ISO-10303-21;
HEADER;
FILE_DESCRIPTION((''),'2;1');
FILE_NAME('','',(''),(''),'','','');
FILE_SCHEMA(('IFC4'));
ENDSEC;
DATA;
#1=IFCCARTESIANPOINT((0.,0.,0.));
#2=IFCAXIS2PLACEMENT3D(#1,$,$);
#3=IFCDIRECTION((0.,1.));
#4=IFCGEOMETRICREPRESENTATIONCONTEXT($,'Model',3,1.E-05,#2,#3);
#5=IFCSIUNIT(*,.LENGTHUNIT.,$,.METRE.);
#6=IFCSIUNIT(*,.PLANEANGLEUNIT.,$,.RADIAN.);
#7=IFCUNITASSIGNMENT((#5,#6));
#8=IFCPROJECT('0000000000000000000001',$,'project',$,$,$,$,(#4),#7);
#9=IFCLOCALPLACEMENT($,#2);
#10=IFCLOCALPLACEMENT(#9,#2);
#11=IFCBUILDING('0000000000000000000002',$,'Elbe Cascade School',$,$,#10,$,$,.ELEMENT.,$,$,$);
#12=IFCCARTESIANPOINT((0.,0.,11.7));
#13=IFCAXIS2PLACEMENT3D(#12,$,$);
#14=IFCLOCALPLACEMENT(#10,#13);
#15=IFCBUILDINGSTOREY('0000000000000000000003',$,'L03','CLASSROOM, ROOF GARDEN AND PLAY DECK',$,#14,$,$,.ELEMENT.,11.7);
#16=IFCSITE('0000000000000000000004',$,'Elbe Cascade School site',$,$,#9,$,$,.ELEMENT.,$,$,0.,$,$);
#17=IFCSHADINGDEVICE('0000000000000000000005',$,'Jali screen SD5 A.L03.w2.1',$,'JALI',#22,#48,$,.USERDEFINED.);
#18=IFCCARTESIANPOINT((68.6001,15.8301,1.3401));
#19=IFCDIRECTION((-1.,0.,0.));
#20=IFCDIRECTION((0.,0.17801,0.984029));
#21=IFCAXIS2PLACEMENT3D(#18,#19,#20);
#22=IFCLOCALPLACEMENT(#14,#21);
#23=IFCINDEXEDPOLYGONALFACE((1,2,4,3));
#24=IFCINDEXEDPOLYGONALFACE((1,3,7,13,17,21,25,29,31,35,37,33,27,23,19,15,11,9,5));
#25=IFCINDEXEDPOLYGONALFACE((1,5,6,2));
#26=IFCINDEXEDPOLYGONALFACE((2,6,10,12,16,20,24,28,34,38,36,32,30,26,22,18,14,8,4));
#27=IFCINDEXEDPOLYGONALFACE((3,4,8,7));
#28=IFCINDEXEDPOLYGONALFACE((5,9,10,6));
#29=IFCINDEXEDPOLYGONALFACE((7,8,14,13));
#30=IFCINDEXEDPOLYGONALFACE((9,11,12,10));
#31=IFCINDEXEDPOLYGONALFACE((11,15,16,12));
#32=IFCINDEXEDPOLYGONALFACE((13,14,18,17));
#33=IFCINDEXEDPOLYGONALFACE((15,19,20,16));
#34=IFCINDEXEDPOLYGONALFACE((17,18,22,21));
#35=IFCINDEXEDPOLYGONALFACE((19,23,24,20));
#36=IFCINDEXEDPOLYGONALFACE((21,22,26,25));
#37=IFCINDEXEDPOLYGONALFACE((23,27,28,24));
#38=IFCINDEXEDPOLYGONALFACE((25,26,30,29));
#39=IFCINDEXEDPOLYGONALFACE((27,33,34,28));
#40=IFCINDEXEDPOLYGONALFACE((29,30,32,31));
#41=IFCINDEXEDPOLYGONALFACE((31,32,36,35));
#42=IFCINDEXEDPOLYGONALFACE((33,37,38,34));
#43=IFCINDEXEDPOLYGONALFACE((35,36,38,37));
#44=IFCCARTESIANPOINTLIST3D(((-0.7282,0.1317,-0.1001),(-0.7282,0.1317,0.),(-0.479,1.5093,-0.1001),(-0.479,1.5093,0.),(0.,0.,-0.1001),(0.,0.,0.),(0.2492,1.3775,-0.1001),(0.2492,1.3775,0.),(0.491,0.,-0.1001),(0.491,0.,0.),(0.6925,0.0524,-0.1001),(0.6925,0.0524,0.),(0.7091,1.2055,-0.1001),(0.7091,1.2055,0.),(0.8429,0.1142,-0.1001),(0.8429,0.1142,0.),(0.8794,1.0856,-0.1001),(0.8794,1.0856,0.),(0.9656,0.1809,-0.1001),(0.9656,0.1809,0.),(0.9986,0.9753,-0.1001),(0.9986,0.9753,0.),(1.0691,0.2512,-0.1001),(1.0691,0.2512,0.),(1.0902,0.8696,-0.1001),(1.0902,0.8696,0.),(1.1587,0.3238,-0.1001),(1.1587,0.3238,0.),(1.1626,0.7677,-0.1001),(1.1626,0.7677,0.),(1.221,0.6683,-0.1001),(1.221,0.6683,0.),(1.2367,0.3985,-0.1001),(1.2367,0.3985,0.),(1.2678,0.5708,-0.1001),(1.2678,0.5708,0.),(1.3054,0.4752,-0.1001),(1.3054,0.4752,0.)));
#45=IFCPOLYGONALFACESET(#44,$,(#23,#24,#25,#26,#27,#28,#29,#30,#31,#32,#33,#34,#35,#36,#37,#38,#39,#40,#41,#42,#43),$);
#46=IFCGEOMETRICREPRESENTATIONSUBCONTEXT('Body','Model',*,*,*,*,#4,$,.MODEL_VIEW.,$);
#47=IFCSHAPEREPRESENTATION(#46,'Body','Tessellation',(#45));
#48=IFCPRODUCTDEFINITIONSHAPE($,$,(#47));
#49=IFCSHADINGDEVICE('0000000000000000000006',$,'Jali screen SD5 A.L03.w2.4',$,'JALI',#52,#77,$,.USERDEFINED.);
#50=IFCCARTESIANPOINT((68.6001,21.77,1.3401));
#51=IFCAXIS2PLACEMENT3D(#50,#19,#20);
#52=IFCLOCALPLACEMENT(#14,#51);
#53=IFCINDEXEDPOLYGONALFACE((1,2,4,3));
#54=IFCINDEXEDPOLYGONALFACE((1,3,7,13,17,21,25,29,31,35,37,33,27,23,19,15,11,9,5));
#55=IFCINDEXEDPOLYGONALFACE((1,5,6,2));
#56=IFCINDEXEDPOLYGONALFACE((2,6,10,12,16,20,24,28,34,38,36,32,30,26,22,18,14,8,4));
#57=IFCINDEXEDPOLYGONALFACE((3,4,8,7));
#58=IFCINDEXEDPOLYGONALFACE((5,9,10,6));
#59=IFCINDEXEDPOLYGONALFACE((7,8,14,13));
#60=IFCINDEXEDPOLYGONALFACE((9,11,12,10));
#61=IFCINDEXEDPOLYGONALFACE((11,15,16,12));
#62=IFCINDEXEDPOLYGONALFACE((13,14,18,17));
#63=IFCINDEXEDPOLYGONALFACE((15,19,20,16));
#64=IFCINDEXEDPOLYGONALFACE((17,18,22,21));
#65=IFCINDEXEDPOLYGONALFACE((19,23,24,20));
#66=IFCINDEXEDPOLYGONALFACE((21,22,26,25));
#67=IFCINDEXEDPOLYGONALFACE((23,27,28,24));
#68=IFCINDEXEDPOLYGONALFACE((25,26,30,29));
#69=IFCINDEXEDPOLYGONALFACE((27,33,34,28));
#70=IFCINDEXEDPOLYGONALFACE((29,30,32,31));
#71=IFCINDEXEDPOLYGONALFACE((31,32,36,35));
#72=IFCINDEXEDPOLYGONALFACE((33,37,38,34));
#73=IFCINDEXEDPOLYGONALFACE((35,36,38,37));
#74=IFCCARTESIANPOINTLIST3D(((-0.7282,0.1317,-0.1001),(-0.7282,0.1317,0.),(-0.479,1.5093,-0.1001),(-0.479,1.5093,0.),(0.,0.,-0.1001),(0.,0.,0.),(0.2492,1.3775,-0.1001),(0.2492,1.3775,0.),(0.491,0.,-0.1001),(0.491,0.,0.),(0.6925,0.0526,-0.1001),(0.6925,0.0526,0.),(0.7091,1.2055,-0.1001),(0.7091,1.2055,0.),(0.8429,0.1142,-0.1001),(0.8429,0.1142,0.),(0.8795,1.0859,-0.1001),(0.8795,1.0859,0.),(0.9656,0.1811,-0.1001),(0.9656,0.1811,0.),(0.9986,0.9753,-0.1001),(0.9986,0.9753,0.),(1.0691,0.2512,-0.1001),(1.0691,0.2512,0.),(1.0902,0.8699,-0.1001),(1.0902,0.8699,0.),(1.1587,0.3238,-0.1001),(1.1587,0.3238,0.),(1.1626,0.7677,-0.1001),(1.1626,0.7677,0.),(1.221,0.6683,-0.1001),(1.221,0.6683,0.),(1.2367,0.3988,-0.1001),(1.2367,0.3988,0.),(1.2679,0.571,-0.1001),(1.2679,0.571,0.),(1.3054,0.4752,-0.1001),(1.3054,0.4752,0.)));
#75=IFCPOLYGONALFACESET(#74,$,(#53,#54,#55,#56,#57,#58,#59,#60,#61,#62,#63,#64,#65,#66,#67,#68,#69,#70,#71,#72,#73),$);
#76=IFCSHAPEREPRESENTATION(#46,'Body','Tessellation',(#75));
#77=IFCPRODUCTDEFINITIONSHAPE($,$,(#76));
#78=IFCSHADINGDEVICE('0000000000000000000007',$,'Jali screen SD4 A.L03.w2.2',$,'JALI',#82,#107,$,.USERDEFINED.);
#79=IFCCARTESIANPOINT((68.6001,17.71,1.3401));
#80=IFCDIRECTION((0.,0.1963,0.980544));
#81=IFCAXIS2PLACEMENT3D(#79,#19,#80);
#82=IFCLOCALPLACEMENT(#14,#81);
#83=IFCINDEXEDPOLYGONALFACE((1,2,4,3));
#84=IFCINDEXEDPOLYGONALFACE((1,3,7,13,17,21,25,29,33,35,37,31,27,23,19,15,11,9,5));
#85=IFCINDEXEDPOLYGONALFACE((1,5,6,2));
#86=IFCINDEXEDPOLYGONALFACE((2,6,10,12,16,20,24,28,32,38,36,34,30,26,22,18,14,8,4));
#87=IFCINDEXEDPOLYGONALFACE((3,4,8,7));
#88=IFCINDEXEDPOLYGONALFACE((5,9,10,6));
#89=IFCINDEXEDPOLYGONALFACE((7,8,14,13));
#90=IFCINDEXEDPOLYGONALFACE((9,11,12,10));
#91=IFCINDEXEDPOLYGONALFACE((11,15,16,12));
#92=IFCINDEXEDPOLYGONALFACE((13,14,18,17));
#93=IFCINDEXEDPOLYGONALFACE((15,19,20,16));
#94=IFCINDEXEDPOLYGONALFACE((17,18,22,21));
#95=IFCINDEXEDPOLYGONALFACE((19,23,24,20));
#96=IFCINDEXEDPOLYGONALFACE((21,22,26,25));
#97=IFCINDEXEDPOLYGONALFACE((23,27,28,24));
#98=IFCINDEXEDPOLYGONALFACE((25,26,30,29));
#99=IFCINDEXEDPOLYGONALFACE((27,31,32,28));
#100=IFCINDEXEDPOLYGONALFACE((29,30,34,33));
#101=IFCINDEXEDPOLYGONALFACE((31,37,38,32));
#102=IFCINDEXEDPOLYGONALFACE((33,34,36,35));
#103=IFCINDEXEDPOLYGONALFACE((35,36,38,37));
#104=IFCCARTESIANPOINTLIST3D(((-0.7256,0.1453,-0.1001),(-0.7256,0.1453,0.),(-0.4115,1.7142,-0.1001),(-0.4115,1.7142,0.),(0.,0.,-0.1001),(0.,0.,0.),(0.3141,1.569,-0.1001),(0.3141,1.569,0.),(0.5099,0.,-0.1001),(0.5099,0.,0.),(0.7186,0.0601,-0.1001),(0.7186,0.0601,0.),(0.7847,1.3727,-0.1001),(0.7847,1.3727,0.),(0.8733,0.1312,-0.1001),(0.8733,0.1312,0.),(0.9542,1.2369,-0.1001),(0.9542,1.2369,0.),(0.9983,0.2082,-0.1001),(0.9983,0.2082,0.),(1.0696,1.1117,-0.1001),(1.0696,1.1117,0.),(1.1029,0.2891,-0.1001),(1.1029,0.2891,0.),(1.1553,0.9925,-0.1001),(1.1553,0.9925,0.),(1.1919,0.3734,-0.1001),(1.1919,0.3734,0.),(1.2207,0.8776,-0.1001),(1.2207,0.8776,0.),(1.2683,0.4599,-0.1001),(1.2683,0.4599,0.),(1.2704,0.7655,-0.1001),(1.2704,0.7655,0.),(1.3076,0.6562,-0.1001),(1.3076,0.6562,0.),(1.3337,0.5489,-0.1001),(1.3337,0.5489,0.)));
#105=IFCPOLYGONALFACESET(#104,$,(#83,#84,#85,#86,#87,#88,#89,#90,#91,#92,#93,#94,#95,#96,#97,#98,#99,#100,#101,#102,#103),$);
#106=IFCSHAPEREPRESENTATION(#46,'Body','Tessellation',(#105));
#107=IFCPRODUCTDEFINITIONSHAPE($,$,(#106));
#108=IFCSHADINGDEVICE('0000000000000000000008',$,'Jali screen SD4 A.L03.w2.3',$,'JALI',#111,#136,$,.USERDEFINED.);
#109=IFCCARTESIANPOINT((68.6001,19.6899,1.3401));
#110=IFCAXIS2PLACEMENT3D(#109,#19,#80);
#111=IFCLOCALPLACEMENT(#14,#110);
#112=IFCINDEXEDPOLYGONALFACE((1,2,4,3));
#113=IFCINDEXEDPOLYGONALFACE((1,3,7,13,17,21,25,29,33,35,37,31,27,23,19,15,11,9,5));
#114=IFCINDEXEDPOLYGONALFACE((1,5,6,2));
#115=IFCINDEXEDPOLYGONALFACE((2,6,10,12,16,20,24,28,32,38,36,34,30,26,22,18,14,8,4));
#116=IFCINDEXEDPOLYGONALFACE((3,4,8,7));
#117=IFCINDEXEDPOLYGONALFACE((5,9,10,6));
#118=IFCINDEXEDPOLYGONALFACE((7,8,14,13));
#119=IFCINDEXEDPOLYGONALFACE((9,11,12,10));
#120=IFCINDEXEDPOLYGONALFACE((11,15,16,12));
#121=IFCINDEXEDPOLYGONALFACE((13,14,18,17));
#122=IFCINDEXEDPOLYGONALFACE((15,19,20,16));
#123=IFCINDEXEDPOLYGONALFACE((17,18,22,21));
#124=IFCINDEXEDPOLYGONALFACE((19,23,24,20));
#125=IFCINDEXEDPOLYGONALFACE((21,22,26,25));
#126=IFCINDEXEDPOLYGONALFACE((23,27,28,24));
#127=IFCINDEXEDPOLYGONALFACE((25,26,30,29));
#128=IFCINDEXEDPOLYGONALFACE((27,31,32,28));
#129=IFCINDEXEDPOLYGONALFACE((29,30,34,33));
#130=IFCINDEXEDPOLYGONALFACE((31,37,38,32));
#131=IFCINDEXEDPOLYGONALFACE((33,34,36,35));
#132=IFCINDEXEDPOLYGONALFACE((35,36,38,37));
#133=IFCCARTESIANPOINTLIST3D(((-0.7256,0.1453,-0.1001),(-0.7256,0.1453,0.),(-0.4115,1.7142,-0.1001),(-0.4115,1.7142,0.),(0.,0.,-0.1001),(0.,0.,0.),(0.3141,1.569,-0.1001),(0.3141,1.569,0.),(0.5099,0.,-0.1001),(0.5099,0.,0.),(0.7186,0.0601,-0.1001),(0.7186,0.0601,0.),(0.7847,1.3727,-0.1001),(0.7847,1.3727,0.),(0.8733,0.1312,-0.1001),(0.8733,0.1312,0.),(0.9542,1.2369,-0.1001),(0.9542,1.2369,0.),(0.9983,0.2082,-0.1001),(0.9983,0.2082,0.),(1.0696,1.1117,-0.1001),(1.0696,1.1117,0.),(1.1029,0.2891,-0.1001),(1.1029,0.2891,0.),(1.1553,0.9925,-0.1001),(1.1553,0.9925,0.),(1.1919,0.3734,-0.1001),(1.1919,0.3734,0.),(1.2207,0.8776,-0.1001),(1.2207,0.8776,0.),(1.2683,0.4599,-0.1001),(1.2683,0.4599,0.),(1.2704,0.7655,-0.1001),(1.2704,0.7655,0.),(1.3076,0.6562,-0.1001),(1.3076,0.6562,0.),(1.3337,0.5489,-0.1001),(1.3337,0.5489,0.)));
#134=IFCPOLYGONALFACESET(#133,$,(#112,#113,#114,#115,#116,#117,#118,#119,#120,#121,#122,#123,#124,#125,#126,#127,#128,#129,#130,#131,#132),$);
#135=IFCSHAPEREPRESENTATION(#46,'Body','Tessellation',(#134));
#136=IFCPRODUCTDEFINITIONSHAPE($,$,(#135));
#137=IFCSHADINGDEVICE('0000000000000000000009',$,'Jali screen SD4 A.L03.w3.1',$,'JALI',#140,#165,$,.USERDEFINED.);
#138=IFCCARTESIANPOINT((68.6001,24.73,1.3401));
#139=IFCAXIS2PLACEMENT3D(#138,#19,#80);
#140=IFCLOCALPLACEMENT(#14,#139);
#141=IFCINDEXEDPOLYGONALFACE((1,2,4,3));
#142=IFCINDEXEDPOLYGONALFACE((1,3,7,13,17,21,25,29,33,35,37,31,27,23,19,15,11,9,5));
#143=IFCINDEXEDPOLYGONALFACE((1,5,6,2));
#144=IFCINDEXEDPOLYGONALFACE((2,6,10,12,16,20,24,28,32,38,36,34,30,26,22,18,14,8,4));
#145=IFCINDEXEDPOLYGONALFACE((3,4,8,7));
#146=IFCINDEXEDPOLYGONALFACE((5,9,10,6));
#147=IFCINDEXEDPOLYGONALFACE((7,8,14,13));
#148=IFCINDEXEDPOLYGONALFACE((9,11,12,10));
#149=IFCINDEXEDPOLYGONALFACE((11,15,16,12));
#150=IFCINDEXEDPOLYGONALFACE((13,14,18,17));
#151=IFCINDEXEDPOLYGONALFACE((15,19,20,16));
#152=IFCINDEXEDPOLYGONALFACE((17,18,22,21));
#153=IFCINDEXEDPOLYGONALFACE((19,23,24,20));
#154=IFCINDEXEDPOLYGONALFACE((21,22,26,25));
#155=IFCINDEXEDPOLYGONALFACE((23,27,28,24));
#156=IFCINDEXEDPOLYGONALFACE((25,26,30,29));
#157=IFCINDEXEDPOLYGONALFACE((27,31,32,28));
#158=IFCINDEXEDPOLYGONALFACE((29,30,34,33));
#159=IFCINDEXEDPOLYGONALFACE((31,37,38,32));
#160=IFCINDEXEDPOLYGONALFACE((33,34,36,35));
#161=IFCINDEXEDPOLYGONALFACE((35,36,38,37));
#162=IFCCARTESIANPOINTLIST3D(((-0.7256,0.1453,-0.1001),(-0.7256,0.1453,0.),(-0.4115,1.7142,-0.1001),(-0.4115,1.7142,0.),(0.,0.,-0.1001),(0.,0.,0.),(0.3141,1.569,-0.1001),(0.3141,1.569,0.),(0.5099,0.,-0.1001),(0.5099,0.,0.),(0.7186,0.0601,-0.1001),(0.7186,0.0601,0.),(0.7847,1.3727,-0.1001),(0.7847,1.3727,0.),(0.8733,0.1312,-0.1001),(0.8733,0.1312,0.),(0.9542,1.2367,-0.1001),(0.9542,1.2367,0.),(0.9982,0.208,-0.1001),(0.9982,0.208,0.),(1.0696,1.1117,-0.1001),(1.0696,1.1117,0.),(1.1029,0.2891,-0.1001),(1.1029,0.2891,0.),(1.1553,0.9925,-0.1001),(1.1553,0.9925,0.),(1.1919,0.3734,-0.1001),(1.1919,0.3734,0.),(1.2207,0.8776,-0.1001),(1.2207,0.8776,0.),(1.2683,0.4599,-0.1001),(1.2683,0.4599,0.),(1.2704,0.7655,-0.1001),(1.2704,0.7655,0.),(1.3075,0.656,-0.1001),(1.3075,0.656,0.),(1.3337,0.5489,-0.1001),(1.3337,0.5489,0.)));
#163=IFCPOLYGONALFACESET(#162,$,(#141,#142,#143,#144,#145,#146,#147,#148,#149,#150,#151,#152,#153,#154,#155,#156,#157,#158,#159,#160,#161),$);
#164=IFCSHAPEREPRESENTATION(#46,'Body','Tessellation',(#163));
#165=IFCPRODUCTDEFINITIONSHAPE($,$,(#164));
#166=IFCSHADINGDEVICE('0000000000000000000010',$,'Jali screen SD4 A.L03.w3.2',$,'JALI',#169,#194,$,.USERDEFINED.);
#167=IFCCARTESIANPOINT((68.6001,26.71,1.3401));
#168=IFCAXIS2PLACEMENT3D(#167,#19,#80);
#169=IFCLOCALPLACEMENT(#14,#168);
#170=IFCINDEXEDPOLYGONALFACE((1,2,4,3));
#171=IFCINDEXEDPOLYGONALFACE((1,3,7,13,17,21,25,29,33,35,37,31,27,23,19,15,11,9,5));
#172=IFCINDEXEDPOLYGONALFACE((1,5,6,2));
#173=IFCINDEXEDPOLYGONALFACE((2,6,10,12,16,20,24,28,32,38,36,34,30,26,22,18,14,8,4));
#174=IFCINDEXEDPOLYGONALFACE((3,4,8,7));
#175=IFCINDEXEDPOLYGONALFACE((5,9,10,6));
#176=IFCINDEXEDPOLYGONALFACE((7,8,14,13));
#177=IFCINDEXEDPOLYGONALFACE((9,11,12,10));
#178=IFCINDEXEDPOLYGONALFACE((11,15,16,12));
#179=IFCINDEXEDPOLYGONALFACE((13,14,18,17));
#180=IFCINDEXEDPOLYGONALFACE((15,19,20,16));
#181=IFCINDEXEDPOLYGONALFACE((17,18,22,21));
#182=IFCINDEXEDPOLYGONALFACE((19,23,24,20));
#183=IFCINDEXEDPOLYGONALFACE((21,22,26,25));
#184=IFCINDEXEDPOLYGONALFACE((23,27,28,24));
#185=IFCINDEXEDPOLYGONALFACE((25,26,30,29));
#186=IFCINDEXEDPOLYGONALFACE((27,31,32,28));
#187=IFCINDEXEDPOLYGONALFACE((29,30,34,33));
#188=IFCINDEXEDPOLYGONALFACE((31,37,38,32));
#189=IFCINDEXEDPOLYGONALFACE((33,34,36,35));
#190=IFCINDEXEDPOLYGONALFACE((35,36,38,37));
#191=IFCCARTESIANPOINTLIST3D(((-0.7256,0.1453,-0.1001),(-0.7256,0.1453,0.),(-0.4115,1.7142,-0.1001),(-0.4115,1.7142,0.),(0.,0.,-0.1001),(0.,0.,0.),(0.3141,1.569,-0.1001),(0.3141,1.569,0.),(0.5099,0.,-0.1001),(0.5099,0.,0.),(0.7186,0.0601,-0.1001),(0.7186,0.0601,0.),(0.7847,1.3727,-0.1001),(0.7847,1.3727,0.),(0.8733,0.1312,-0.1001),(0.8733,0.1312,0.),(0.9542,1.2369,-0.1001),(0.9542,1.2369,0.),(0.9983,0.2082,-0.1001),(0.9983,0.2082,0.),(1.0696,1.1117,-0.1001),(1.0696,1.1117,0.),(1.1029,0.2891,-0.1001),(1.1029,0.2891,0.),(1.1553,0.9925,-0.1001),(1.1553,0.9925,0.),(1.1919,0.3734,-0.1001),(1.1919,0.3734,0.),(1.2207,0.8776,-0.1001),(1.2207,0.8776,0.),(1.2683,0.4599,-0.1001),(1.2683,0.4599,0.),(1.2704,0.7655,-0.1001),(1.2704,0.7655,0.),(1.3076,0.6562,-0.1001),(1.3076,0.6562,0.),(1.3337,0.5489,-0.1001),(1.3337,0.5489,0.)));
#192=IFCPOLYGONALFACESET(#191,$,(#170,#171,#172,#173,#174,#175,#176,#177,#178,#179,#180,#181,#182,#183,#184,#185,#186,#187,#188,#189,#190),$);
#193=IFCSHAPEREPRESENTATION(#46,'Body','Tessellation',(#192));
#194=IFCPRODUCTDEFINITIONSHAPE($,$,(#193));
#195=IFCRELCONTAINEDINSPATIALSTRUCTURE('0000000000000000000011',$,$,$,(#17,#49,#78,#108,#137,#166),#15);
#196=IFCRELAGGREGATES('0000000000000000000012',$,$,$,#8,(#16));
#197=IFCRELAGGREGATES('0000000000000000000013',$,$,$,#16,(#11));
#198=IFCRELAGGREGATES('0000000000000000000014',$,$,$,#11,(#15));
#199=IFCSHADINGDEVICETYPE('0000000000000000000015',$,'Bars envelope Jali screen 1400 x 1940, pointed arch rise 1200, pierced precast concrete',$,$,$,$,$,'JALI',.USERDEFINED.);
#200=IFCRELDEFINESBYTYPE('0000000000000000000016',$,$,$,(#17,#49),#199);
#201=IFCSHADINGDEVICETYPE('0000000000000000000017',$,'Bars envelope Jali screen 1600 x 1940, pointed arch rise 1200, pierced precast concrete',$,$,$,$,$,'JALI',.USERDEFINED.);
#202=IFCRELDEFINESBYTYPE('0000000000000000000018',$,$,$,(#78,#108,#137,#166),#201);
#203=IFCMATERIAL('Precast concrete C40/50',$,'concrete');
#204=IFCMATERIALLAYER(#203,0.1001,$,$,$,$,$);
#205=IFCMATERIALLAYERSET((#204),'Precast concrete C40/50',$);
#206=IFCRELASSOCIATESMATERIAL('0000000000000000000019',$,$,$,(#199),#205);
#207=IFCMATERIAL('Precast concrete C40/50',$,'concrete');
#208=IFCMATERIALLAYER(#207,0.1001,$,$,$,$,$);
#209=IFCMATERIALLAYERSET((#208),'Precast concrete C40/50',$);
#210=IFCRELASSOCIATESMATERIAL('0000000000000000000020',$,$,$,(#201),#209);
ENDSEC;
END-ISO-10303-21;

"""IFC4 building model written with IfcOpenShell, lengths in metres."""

from ifc_helpers import new_model, si_unit, direction, frame, origin, place, context, subcontext, project, spatial, polyline, outline, extrude, material, layer, layer_set, type_object, element, save


model = new_model("IFC4")

# Units and contexts
model_context = context("Model", 3, precision=1e-05, world=origin(), true_north=direction((0.0, 1.0)))
body_context = subcontext(model_context, "Body", "Model", "MODEL_VIEW")
ifc_project = project(units=[si_unit("LENGTHUNIT", "METRE"), si_unit("PLANEANGLEUNIT", "RADIAN")], contexts=[model_context])

# Site, building, storey
site_placement = place(None, origin())
site = spatial("IfcSite", under=ifc_project, at=site_placement, Name="Elbe Cascade School site", CompositionType="ELEMENT", RefElevation=0.0)
building_placement = place(site_placement, origin())
building = spatial("IfcBuilding", under=site, at=building_placement, Name="Elbe Cascade School", CompositionType="ELEMENT")
storey_placement = place(building_placement, frame((0.0, 0.0, 11.7)))
storey = spatial("IfcBuildingStorey", under=building, at=storey_placement, Name="L03", Description="CLASSROOM, ROOF GARDEN AND PLAY DECK", CompositionType="ELEMENT", Elevation=11.7)

# Shading devices
ifc_material_1 = material(Name="Precast concrete C40/50", Category="concrete")
ifc_layer_1 = layer(ifc_material_1, 0.1001)
ifc_layer_set_1 = layer_set([ifc_layer_1], Name="Precast concrete C40/50")
shading_device_type_1 = type_object("IfcShadingDeviceType", Name="Bars envelope Jali screen 1400 x 1940, pointed arch rise 1200, pierced precast concrete", ElementType="JALI", PredefinedType="USERDEFINED", material=ifc_layer_set_1)
shading_device_1_placement = place(storey_placement, frame((68.6001, 15.8301, 1.3401), z_axis=(-1.0, 0.0, 0.0), x_axis=(0.0, 0.17801, 0.984029)))
element("IfcShadingDevice", 1, at=shading_device_1_placement, inside=storey, type_object=shading_device_type_1, Name="Jali screen SD5 A.L03.w2.1", ObjectType="JALI", PredefinedType="USERDEFINED", context=body_context, shape_type="SweptSolid", body=[
    extrude(outline(polyline([(0.0, 0.0), (0.491, 0.0), (0.6925, 0.0524), (0.8429, 0.1142), (0.9656, 0.1809), (1.0691, 0.2512), (1.1587, 0.3238), (1.2367, 0.3985), (1.3054, 0.4752), (1.2678, 0.5708), (1.221, 0.6683), (1.1626, 0.7677), (1.0902, 0.8696), (0.9986, 0.9753), (0.8794, 1.0856), (0.7091, 1.2055), (0.2492, 1.3775), (-0.479, 1.5093), (-0.7282, 0.1317), (0.0, 0.0)])), origin(), (0.0, 0.0, -1.0), 0.1001),
])
shading_device_2_placement = place(storey_placement, frame((68.6001, 21.77, 1.3401), z_axis=(-1.0, 0.0, 0.0), x_axis=(0.0, 0.17801, 0.984029)))
element("IfcShadingDevice", 2, at=shading_device_2_placement, inside=storey, type_object=shading_device_type_1, Name="Jali screen SD5 A.L03.w2.4", ObjectType="JALI", PredefinedType="USERDEFINED", context=body_context, shape_type="SweptSolid", body=[
    extrude(outline(polyline([(0.0, 0.0), (0.491, 0.0), (0.6925, 0.0526), (0.8429, 0.1142), (0.9656, 0.1811), (1.0691, 0.2512), (1.1587, 0.3238), (1.2367, 0.3988), (1.3054, 0.4752), (1.2679, 0.571), (1.221, 0.6683), (1.1626, 0.7677), (1.0902, 0.8699), (0.9986, 0.9753), (0.8795, 1.0859), (0.7091, 1.2055), (0.2492, 1.3775), (-0.479, 1.5093), (-0.7282, 0.1317), (0.0, 0.0)])), origin(), (0.0, 0.0, -1.0), 0.1001),
])
ifc_material_2 = material(Name="Precast concrete C40/50", Category="concrete")
ifc_layer_2 = layer(ifc_material_2, 0.1001)
ifc_layer_set_2 = layer_set([ifc_layer_2], Name="Precast concrete C40/50")
shading_device_type_2 = type_object("IfcShadingDeviceType", Name="Bars envelope Jali screen 1600 x 1940, pointed arch rise 1200, pierced precast concrete", ElementType="JALI", PredefinedType="USERDEFINED", material=ifc_layer_set_2)
for number, where, z_axis, x_axis, name in (
    (3, (68.6001, 17.71, 1.3401), (-1.0, 0.0, 0.0), (0.0, 0.1963, 0.980544), "Jali screen SD4 A.L03.w2.2"),
    (4, (68.6001, 19.6899, 1.3401), (-1.0, 0.0, 0.0), (0.0, 0.1963, 0.980544), "Jali screen SD4 A.L03.w2.3"),
):
    element("IfcShadingDevice", number, at=place(storey_placement, frame(where, z_axis=z_axis, x_axis=x_axis)), inside=storey, type_object=shading_device_type_2, Name=name, ObjectType="JALI", PredefinedType="USERDEFINED", context=body_context, shape_type="SweptSolid", body=[
        extrude(outline(polyline([(0.0, 0.0), (0.5099, 0.0), (0.7186, 0.0601), (0.8733, 0.1312), (0.9983, 0.2082), (1.1029, 0.2891), (1.1919, 0.3734), (1.2683, 0.4599), (1.3337, 0.5489), (1.3076, 0.6562), (1.2704, 0.7655), (1.2207, 0.8776), (1.1553, 0.9925), (1.0696, 1.1117), (0.9542, 1.2369), (0.7847, 1.3727), (0.3141, 1.569), (-0.4115, 1.7142), (-0.7256, 0.1453), (0.0, 0.0)])), origin(), (0.0, 0.0, -1.0), 0.1001),
    ])
shading_device_3_placement = place(storey_placement, frame((68.6001, 24.73, 1.3401), z_axis=(-1.0, 0.0, 0.0), x_axis=(0.0, 0.1963, 0.980544)))
element("IfcShadingDevice", 5, at=shading_device_3_placement, inside=storey, type_object=shading_device_type_2, Name="Jali screen SD4 A.L03.w3.1", ObjectType="JALI", PredefinedType="USERDEFINED", context=body_context, shape_type="SweptSolid", body=[
    extrude(outline(polyline([(0.0, 0.0), (0.5099, 0.0), (0.7186, 0.0601), (0.8733, 0.1312), (0.9982, 0.208), (1.1029, 0.2891), (1.1919, 0.3734), (1.2683, 0.4599), (1.3337, 0.5489), (1.3075, 0.656), (1.2704, 0.7655), (1.2207, 0.8776), (1.1553, 0.9925), (1.0696, 1.1117), (0.9542, 1.2367), (0.7847, 1.3727), (0.3141, 1.569), (-0.4115, 1.7142), (-0.7256, 0.1453), (0.0, 0.0)])), origin(), (0.0, 0.0, -1.0), 0.1001),
])
shading_device_4_placement = place(storey_placement, frame((68.6001, 26.71, 1.3401), z_axis=(-1.0, 0.0, 0.0), x_axis=(0.0, 0.1963, 0.980544)))
element("IfcShadingDevice", 6, at=shading_device_4_placement, inside=storey, type_object=shading_device_type_2, Name="Jali screen SD4 A.L03.w3.2", ObjectType="JALI", PredefinedType="USERDEFINED", context=body_context, shape_type="SweptSolid", body=[
    extrude(outline(polyline([(0.0, 0.0), (0.5099, 0.0), (0.7186, 0.0601), (0.8733, 0.1312), (0.9983, 0.2082), (1.1029, 0.2891), (1.1919, 0.3734), (1.2683, 0.4599), (1.3337, 0.5489), (1.3076, 0.6562), (1.2704, 0.7655), (1.2207, 0.8776), (1.1553, 0.9925), (1.0696, 1.1117), (0.9542, 1.2369), (0.7847, 1.3727), (0.3141, 1.569), (-0.4115, 1.7142), (-0.7256, 0.1453), (0.0, 0.0)])), origin(), (0.0, 0.0, -1.0), 0.1001),
])

save(model, "model.ifc")
